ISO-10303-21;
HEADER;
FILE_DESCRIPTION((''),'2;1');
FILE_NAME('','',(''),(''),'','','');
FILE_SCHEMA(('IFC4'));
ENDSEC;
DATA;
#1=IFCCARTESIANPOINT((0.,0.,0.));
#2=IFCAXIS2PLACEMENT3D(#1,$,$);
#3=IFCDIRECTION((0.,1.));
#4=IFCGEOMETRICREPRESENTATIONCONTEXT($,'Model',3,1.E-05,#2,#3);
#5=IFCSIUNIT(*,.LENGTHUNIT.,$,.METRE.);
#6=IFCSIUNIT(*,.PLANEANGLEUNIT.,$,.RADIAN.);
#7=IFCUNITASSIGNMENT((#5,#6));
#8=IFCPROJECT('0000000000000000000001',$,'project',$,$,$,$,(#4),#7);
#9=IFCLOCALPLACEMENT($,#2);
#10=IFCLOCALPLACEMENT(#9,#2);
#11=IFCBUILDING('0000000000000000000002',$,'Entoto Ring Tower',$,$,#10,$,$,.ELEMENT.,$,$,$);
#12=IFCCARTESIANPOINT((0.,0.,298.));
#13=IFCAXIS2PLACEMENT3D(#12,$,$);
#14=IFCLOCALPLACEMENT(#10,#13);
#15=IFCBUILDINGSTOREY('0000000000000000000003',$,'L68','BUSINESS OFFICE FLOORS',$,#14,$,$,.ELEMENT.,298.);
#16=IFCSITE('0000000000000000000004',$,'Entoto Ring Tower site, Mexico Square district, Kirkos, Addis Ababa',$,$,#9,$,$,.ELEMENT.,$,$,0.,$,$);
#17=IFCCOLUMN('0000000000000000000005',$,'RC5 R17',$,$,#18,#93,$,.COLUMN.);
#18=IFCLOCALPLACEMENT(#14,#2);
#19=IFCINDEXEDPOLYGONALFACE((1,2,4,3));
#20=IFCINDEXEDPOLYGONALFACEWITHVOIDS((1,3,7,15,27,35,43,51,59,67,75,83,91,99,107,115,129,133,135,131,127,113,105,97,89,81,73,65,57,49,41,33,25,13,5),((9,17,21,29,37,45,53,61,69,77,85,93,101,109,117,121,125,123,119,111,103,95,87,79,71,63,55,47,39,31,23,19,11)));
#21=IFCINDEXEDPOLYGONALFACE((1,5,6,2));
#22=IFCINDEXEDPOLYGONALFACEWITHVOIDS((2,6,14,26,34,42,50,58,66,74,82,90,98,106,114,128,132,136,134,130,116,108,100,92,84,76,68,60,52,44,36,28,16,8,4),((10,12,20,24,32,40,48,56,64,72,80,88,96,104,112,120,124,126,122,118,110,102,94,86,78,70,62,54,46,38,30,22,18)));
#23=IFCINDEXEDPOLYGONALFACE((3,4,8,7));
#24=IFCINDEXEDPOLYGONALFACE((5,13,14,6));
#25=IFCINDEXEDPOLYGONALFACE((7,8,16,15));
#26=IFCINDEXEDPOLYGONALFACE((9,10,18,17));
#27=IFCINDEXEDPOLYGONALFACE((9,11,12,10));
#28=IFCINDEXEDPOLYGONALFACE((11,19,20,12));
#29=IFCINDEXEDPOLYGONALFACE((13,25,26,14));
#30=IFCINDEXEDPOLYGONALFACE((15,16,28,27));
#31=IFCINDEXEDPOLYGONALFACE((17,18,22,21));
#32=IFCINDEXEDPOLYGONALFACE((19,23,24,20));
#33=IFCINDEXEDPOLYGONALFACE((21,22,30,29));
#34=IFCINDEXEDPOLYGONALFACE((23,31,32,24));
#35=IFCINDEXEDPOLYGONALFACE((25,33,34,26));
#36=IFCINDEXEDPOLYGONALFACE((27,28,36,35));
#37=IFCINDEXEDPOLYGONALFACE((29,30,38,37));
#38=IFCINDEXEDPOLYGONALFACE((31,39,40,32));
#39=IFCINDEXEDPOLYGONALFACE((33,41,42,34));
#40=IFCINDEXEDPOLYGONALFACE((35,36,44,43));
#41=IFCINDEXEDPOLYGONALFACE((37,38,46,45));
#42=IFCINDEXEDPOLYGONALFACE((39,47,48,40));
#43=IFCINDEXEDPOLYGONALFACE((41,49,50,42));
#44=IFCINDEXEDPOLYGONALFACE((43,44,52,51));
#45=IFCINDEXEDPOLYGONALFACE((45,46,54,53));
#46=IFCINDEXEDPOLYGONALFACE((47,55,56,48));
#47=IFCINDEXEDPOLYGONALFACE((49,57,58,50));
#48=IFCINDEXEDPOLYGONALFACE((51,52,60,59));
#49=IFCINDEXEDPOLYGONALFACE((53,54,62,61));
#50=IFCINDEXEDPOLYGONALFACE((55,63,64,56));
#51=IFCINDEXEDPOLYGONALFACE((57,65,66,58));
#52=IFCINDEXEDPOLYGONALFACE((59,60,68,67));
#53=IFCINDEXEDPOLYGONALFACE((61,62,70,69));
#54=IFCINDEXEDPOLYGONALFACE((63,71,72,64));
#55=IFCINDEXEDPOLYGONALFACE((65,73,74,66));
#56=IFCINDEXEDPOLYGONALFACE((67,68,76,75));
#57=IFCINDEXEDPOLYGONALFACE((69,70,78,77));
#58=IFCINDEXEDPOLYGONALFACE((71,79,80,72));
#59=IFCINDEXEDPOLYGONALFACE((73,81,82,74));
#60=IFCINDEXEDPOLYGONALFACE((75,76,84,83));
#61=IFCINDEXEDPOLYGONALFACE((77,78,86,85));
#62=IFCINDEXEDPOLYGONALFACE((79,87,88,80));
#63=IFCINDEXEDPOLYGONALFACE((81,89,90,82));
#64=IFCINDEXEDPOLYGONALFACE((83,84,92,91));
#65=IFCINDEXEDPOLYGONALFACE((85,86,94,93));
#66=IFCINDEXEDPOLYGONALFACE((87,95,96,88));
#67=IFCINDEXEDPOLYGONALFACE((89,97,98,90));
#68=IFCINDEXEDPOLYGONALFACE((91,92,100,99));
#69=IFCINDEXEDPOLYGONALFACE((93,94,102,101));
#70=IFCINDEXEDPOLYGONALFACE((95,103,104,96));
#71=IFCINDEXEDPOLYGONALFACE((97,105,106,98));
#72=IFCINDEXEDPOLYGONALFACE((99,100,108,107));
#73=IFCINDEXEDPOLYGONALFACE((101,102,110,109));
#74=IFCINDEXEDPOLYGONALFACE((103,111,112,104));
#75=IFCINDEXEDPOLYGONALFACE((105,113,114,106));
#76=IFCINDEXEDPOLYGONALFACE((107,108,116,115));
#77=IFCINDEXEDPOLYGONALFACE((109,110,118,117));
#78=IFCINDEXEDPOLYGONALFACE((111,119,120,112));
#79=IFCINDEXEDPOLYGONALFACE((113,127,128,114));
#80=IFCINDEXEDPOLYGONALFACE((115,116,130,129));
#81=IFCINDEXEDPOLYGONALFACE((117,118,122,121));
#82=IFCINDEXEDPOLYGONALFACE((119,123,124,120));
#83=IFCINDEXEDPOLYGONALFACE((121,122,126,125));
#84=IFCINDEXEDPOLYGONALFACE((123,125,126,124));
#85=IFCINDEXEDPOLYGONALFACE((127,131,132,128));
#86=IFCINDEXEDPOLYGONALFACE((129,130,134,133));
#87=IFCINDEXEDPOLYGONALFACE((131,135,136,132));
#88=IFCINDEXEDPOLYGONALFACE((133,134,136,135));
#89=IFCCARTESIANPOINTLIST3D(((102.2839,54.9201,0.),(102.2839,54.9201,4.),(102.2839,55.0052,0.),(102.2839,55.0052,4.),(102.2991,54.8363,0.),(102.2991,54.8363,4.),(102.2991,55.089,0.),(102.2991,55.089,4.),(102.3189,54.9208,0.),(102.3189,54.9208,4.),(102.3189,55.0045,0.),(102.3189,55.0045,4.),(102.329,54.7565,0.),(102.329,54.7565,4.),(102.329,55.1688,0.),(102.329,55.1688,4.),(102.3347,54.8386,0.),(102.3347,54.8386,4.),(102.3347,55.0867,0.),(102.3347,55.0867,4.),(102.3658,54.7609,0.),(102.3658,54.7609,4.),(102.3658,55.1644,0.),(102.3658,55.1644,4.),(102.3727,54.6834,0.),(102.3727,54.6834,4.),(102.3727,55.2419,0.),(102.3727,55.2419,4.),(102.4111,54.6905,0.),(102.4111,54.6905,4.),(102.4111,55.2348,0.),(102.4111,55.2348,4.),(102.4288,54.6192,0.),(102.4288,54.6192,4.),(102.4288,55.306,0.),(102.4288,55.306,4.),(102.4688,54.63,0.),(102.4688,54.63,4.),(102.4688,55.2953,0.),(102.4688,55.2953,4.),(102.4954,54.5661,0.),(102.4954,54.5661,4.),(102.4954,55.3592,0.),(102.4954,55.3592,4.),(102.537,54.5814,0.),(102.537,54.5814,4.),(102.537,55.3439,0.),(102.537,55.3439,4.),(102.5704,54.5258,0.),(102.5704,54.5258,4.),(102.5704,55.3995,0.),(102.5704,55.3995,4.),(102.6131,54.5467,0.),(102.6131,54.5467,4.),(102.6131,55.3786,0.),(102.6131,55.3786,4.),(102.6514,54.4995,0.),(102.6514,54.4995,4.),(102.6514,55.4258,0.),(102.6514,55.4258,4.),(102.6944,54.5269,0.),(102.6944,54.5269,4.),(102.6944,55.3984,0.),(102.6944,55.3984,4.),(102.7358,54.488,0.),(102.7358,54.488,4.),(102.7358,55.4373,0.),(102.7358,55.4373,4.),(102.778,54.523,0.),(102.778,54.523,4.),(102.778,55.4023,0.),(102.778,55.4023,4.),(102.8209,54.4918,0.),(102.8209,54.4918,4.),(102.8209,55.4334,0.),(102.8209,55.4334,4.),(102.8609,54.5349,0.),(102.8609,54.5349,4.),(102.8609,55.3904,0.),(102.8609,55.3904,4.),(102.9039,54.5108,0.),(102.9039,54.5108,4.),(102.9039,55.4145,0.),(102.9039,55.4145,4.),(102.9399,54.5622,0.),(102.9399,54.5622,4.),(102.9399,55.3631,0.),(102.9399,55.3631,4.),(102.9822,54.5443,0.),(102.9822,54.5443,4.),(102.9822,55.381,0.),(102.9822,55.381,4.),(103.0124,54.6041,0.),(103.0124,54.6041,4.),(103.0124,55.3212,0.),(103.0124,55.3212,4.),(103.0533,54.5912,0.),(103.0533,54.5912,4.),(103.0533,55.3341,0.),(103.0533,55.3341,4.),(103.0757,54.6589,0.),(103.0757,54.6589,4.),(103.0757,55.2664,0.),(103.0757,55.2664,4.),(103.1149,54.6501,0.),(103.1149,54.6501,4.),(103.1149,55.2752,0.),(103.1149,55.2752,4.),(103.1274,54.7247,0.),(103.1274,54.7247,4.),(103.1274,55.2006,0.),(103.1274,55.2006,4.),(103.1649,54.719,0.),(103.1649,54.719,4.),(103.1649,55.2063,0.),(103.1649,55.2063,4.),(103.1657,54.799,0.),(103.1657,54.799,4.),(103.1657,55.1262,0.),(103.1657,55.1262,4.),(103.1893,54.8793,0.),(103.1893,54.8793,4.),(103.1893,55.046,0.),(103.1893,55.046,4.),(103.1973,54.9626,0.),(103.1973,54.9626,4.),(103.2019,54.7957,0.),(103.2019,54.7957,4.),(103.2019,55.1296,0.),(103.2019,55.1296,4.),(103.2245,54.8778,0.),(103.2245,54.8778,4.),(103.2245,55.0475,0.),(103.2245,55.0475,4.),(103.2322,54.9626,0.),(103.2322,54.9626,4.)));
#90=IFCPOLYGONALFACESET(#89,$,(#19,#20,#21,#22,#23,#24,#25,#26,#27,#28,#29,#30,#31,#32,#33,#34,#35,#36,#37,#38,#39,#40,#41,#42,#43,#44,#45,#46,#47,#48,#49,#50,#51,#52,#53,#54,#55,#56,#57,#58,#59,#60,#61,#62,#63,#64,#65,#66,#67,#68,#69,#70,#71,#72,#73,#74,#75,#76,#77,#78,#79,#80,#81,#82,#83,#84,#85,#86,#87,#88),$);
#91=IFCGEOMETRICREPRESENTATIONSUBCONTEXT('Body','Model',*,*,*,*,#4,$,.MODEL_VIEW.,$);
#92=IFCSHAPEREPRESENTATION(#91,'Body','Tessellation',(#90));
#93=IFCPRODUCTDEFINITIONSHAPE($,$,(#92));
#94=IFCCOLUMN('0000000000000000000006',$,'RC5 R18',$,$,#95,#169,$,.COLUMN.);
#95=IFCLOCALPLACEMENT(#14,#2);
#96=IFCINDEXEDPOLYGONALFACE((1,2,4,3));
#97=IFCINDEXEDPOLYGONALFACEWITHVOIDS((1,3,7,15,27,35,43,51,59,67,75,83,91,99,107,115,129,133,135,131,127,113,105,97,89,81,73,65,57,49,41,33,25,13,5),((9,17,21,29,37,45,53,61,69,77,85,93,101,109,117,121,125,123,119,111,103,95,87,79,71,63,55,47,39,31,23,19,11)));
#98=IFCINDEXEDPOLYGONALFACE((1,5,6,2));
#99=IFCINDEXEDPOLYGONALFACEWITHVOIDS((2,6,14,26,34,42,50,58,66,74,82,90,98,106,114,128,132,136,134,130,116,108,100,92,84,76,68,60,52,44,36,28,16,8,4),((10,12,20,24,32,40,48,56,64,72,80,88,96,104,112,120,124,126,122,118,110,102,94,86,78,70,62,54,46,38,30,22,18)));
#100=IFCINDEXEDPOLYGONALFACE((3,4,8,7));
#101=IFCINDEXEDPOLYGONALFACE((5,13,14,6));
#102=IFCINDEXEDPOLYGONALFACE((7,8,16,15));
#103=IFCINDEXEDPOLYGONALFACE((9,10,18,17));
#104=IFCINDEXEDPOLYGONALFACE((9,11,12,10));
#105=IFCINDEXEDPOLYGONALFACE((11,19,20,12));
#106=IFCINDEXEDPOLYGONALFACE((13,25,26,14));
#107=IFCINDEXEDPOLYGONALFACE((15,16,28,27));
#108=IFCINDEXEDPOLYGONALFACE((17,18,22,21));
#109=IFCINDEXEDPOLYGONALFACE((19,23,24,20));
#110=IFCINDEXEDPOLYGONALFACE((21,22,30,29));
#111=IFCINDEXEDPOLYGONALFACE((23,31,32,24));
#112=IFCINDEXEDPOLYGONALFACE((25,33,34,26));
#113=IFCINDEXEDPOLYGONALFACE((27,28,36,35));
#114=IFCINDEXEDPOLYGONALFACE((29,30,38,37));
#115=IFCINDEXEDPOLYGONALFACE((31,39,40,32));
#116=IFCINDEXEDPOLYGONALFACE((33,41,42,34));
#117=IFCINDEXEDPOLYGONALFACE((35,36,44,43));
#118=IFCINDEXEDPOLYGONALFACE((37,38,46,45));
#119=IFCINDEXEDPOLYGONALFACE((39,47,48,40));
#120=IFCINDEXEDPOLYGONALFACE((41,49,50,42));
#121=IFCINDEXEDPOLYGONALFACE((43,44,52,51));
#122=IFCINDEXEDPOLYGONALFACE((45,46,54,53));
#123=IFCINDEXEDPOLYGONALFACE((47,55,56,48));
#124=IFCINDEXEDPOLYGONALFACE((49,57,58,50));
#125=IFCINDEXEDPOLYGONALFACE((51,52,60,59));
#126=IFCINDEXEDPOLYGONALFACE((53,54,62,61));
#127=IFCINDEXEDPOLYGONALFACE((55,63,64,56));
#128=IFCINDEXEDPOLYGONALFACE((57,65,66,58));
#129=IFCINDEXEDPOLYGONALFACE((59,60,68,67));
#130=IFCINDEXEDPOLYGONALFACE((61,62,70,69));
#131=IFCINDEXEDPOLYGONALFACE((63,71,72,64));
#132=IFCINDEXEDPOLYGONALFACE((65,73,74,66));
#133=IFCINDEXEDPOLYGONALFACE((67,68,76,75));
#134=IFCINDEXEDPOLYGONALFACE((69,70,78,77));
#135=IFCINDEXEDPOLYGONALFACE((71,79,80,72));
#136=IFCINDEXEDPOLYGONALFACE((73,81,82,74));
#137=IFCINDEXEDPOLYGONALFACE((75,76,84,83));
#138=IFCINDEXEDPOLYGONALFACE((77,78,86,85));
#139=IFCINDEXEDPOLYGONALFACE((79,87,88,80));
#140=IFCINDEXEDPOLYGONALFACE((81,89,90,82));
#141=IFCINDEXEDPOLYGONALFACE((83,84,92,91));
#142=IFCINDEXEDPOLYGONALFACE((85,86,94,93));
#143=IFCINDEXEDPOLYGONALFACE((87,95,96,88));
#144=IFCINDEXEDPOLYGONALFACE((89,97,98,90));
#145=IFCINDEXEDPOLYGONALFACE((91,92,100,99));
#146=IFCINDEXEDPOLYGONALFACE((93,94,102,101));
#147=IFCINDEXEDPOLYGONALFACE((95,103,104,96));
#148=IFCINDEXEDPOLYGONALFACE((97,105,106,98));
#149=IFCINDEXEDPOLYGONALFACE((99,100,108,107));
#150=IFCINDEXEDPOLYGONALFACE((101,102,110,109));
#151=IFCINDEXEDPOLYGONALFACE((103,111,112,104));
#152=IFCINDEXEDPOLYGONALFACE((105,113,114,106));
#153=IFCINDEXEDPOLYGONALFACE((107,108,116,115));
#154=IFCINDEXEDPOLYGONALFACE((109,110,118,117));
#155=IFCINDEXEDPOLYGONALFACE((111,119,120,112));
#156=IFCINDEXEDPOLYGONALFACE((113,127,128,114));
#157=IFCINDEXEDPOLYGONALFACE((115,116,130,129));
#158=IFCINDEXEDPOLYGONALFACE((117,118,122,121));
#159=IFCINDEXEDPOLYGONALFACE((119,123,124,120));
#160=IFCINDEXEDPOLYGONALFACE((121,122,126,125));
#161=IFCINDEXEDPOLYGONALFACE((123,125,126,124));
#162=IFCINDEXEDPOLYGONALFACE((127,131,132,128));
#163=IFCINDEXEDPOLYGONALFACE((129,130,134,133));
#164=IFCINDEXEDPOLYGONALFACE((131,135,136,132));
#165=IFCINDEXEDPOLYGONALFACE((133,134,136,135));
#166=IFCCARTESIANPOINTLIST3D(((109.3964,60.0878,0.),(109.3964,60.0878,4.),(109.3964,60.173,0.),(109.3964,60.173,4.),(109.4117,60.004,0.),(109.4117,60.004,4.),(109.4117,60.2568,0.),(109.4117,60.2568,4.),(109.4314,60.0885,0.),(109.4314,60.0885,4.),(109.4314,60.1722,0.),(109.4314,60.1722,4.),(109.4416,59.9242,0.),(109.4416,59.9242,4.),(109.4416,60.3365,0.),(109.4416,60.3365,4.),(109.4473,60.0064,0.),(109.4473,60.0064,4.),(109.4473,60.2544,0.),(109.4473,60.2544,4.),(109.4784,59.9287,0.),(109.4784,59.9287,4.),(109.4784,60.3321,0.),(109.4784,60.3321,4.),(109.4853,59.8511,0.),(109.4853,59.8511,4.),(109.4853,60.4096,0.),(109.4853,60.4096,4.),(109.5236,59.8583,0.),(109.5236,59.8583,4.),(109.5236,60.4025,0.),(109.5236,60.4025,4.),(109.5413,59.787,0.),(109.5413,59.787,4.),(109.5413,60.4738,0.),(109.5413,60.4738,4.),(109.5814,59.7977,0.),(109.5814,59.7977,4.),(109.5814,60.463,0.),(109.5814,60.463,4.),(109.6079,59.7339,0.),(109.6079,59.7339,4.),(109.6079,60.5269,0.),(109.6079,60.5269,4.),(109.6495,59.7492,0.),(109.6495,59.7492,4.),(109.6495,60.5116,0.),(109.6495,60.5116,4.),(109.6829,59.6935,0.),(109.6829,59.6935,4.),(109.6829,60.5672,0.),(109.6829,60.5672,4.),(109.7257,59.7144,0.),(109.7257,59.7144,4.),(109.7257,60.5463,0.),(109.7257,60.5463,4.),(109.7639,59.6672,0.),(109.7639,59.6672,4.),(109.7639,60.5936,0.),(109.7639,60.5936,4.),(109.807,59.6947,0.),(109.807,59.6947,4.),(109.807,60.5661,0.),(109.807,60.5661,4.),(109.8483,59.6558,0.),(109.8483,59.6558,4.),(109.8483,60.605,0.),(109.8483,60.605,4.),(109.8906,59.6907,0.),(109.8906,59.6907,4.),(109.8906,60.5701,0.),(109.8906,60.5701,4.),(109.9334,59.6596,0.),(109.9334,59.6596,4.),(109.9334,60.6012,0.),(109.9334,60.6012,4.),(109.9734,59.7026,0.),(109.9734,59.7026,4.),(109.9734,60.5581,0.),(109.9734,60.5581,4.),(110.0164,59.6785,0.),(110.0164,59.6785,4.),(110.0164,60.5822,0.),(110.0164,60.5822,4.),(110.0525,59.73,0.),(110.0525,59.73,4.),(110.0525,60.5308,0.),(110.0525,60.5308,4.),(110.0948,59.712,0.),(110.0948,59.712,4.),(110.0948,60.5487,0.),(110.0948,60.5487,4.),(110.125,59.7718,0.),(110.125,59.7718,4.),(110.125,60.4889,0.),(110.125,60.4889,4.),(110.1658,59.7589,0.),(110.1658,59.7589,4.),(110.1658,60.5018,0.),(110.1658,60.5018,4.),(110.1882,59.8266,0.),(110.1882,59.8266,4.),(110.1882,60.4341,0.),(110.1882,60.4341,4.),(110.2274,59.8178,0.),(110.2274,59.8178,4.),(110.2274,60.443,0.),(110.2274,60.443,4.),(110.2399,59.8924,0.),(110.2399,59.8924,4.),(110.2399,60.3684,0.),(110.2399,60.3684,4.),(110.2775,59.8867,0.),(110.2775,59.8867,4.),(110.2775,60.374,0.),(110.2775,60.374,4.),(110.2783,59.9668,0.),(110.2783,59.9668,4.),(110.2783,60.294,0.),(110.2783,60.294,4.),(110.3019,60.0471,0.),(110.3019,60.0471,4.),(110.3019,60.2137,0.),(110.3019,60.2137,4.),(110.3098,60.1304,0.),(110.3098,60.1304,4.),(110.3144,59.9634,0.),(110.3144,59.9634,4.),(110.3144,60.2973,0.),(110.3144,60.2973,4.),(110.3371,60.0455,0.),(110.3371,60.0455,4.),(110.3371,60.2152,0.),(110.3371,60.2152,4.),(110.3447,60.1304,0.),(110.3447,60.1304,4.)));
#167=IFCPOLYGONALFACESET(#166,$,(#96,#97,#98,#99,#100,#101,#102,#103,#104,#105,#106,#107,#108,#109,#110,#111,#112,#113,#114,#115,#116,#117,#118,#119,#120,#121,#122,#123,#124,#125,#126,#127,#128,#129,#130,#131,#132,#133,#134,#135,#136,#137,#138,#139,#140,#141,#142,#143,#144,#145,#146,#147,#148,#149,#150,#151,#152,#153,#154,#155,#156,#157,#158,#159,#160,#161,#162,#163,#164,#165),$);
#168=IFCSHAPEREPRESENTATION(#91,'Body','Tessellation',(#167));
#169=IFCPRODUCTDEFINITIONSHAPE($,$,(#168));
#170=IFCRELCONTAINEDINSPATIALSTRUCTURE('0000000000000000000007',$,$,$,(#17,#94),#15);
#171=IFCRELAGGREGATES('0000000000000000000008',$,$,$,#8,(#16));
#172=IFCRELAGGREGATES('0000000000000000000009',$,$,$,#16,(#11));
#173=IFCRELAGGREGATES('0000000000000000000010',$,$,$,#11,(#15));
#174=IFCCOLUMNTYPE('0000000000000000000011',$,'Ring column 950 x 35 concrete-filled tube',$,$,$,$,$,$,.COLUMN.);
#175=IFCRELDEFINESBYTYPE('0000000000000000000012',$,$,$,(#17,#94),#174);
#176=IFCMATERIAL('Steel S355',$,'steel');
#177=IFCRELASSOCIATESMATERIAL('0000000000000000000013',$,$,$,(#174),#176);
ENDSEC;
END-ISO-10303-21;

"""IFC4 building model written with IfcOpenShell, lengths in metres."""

from ifc_helpers import new_model, si_unit, direction, frame, origin, origin_2d, place, context, subcontext, project, spatial, circle, hollow_circle, extrude, material, material_profile, profile_set, type_object, element, save


model = new_model("IFC4")

# Units and contexts
model_context = context("Model", 3, precision=1e-05, world=origin(), true_north=direction((0.0, 1.0)))
body_context = subcontext(model_context, "Body", "Model", "MODEL_VIEW")
ifc_project = project(units=[si_unit("LENGTHUNIT", "METRE"), si_unit("PLANEANGLEUNIT", "RADIAN")], contexts=[model_context])

# Site, building, storey
site_placement = place(None, origin())
site = spatial("IfcSite", under=ifc_project, at=site_placement, Name="Entoto Ring Tower site, Mexico Square district, Kirkos, Addis Ababa", CompositionType="ELEMENT", RefElevation=0.0)
building_placement = place(site_placement, origin())
building = spatial("IfcBuilding", under=site, at=building_placement, Name="Entoto Ring Tower", CompositionType="ELEMENT")
storey_placement = place(building_placement, frame((0.0, 0.0, 298.0)))
storey = spatial("IfcBuildingStorey", under=building, at=storey_placement, Name="L68", Description="BUSINESS OFFICE FLOORS", CompositionType="ELEMENT", Elevation=298.0)

# Columns
ifc_material_1 = material(Name="Steel S355", Category="steel")
ifc_material_profile_1 = material_profile(ifc_material_1, hollow_circle(Radius=0.4751, WallThickness=0.0349, at=origin_2d()), Name="CHS 950 x 35")
ifc_material_2 = material(Name="Concrete C60/75", Category="concrete")
ifc_material_profile_2 = material_profile(ifc_material_2, circle(Radius=0.4399, at=origin_2d()), Name="Concrete C60/75 infill")
ifc_profile_set_1 = profile_set([ifc_material_profile_1, ifc_material_profile_2], Name="Steel S355")
column_type = type_object("IfcColumnType", Name="Ring column 950 x 35 concrete-filled tube", PredefinedType="COLUMN", material=ifc_profile_set_1)
for number, where, z_axis, x_axis, name in (
    (1, (102.7571, 54.9626, 0.0), (0.0, 0.0, 1.0), (1.0, 0.0, 0.0), "RC5 R17"),
    (2, (109.8696, 60.1304, 0.0), (0.0, 0.0, 1.0), (1.0, 0.0, 0.0), "RC5 R18"),
):
    element("IfcColumn", number, at=place(storey_placement, frame(where, z_axis=z_axis, x_axis=x_axis)), inside=storey, type_object=column_type, Name=name, PredefinedType="COLUMN", context=body_context, shape_type="SweptSolid", body=[
        extrude(hollow_circle(Radius=0.4751, WallThickness=0.0349, at=origin_2d()), origin(), (0.0, 0.0, 1.0), 4.0),
    ])

save(model, "model.ifc")
